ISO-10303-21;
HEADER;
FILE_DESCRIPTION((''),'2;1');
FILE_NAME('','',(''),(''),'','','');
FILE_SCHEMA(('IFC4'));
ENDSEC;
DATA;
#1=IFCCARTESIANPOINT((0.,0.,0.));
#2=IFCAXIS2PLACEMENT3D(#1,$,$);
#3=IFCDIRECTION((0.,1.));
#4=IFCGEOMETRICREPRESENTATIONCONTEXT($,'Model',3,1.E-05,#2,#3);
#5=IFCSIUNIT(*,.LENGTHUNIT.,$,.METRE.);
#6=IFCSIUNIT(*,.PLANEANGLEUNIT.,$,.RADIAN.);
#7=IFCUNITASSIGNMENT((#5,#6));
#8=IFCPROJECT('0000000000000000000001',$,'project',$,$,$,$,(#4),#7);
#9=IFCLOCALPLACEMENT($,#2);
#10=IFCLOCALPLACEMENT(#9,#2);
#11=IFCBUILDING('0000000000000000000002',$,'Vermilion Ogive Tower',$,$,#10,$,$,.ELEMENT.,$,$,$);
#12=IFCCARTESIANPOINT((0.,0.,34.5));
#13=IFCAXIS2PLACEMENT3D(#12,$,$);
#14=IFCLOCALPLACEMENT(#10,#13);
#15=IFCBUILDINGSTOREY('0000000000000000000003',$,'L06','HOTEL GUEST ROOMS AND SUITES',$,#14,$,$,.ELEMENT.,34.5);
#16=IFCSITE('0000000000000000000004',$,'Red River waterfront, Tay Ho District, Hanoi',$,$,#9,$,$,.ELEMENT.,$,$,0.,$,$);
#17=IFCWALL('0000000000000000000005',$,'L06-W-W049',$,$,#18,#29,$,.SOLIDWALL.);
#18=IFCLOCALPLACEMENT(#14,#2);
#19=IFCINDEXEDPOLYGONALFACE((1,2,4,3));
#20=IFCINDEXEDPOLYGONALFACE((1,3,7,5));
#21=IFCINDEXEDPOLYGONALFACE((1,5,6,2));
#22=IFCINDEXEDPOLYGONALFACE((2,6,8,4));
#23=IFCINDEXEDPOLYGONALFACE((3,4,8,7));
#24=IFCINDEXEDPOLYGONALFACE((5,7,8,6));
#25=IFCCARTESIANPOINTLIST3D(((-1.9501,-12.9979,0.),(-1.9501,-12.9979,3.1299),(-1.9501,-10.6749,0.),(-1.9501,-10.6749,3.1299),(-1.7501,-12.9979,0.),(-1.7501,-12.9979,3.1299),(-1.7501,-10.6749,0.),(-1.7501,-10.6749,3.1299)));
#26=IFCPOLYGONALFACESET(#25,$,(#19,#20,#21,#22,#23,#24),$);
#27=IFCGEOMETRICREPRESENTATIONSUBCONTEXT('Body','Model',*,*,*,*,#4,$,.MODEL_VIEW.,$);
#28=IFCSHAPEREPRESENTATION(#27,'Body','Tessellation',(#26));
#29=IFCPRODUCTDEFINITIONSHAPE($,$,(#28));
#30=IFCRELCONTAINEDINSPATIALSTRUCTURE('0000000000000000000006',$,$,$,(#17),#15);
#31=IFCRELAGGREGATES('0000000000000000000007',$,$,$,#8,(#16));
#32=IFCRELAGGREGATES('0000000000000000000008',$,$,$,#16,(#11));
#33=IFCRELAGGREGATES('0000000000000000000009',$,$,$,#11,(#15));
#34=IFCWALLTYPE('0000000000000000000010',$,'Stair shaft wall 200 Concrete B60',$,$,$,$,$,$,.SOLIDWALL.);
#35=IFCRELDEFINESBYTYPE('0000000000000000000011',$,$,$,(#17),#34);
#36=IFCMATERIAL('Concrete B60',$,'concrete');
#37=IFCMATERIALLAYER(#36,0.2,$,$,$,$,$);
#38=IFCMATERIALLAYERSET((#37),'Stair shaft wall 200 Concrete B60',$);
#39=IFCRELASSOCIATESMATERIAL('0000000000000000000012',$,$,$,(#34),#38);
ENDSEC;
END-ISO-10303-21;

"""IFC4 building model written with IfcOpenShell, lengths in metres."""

from ifc_helpers import new_model, si_unit, direction, frame, frame_2d, origin, place, context, subcontext, project, spatial, rectangle, extrude, material, layer, layer_set, type_object, element, save


model = new_model("IFC4")

# Units and contexts
model_context = context("Model", 3, precision=1e-05, world=origin(), true_north=direction((0.0, 1.0)))
body_context = subcontext(model_context, "Body", "Model", "MODEL_VIEW")
ifc_project = project(units=[si_unit("LENGTHUNIT", "METRE"), si_unit("PLANEANGLEUNIT", "RADIAN")], contexts=[model_context])

# Site, building, storey
site_placement = place(None, origin())
site = spatial("IfcSite", under=ifc_project, at=site_placement, Name="Red River waterfront, Tay Ho District, Hanoi", CompositionType="ELEMENT", RefElevation=0.0)
building_placement = place(site_placement, origin())
building = spatial("IfcBuilding", under=site, at=building_placement, Name="Vermilion Ogive Tower", CompositionType="ELEMENT")
storey_placement = place(building_placement, frame((0.0, 0.0, 34.5)))
storey = spatial("IfcBuildingStorey", under=building, at=storey_placement, Name="L06", Description="HOTEL GUEST ROOMS AND SUITES", CompositionType="ELEMENT", Elevation=34.5)

# Shared definitions
ifc_material_1 = material(Name="Concrete B60", Category="concrete")
ifc_layer_1 = layer(ifc_material_1, 0.2)
ifc_layer_set_1 = layer_set([ifc_layer_1], Name="Stair shaft wall 200 Concrete B60")
wall_type_1 = type_object("IfcWallType", Name="Stair shaft wall 200 Concrete B60", PredefinedType="SOLIDWALL", material=ifc_layer_set_1)

# Wall
wall_1_placement = place(storey_placement, frame((-1.8501, -12.998, 0.0), z_axis=(0.0, 0.0, 1.0), x_axis=(0.0, 1.0, 0.0)))
element("IfcWall", 1, at=wall_1_placement, inside=storey, type_object=wall_type_1, Name="L06-W-W049", PredefinedType="SOLIDWALL", context=body_context, shape_type="SweptSolid", body=[
    extrude(rectangle(XDim=2.323, YDim=0.2, at=frame_2d((1.1616, 0.0))), origin(), (0.0, 0.0, 1.0), 3.1299),
])

save(model, "model.ifc")
